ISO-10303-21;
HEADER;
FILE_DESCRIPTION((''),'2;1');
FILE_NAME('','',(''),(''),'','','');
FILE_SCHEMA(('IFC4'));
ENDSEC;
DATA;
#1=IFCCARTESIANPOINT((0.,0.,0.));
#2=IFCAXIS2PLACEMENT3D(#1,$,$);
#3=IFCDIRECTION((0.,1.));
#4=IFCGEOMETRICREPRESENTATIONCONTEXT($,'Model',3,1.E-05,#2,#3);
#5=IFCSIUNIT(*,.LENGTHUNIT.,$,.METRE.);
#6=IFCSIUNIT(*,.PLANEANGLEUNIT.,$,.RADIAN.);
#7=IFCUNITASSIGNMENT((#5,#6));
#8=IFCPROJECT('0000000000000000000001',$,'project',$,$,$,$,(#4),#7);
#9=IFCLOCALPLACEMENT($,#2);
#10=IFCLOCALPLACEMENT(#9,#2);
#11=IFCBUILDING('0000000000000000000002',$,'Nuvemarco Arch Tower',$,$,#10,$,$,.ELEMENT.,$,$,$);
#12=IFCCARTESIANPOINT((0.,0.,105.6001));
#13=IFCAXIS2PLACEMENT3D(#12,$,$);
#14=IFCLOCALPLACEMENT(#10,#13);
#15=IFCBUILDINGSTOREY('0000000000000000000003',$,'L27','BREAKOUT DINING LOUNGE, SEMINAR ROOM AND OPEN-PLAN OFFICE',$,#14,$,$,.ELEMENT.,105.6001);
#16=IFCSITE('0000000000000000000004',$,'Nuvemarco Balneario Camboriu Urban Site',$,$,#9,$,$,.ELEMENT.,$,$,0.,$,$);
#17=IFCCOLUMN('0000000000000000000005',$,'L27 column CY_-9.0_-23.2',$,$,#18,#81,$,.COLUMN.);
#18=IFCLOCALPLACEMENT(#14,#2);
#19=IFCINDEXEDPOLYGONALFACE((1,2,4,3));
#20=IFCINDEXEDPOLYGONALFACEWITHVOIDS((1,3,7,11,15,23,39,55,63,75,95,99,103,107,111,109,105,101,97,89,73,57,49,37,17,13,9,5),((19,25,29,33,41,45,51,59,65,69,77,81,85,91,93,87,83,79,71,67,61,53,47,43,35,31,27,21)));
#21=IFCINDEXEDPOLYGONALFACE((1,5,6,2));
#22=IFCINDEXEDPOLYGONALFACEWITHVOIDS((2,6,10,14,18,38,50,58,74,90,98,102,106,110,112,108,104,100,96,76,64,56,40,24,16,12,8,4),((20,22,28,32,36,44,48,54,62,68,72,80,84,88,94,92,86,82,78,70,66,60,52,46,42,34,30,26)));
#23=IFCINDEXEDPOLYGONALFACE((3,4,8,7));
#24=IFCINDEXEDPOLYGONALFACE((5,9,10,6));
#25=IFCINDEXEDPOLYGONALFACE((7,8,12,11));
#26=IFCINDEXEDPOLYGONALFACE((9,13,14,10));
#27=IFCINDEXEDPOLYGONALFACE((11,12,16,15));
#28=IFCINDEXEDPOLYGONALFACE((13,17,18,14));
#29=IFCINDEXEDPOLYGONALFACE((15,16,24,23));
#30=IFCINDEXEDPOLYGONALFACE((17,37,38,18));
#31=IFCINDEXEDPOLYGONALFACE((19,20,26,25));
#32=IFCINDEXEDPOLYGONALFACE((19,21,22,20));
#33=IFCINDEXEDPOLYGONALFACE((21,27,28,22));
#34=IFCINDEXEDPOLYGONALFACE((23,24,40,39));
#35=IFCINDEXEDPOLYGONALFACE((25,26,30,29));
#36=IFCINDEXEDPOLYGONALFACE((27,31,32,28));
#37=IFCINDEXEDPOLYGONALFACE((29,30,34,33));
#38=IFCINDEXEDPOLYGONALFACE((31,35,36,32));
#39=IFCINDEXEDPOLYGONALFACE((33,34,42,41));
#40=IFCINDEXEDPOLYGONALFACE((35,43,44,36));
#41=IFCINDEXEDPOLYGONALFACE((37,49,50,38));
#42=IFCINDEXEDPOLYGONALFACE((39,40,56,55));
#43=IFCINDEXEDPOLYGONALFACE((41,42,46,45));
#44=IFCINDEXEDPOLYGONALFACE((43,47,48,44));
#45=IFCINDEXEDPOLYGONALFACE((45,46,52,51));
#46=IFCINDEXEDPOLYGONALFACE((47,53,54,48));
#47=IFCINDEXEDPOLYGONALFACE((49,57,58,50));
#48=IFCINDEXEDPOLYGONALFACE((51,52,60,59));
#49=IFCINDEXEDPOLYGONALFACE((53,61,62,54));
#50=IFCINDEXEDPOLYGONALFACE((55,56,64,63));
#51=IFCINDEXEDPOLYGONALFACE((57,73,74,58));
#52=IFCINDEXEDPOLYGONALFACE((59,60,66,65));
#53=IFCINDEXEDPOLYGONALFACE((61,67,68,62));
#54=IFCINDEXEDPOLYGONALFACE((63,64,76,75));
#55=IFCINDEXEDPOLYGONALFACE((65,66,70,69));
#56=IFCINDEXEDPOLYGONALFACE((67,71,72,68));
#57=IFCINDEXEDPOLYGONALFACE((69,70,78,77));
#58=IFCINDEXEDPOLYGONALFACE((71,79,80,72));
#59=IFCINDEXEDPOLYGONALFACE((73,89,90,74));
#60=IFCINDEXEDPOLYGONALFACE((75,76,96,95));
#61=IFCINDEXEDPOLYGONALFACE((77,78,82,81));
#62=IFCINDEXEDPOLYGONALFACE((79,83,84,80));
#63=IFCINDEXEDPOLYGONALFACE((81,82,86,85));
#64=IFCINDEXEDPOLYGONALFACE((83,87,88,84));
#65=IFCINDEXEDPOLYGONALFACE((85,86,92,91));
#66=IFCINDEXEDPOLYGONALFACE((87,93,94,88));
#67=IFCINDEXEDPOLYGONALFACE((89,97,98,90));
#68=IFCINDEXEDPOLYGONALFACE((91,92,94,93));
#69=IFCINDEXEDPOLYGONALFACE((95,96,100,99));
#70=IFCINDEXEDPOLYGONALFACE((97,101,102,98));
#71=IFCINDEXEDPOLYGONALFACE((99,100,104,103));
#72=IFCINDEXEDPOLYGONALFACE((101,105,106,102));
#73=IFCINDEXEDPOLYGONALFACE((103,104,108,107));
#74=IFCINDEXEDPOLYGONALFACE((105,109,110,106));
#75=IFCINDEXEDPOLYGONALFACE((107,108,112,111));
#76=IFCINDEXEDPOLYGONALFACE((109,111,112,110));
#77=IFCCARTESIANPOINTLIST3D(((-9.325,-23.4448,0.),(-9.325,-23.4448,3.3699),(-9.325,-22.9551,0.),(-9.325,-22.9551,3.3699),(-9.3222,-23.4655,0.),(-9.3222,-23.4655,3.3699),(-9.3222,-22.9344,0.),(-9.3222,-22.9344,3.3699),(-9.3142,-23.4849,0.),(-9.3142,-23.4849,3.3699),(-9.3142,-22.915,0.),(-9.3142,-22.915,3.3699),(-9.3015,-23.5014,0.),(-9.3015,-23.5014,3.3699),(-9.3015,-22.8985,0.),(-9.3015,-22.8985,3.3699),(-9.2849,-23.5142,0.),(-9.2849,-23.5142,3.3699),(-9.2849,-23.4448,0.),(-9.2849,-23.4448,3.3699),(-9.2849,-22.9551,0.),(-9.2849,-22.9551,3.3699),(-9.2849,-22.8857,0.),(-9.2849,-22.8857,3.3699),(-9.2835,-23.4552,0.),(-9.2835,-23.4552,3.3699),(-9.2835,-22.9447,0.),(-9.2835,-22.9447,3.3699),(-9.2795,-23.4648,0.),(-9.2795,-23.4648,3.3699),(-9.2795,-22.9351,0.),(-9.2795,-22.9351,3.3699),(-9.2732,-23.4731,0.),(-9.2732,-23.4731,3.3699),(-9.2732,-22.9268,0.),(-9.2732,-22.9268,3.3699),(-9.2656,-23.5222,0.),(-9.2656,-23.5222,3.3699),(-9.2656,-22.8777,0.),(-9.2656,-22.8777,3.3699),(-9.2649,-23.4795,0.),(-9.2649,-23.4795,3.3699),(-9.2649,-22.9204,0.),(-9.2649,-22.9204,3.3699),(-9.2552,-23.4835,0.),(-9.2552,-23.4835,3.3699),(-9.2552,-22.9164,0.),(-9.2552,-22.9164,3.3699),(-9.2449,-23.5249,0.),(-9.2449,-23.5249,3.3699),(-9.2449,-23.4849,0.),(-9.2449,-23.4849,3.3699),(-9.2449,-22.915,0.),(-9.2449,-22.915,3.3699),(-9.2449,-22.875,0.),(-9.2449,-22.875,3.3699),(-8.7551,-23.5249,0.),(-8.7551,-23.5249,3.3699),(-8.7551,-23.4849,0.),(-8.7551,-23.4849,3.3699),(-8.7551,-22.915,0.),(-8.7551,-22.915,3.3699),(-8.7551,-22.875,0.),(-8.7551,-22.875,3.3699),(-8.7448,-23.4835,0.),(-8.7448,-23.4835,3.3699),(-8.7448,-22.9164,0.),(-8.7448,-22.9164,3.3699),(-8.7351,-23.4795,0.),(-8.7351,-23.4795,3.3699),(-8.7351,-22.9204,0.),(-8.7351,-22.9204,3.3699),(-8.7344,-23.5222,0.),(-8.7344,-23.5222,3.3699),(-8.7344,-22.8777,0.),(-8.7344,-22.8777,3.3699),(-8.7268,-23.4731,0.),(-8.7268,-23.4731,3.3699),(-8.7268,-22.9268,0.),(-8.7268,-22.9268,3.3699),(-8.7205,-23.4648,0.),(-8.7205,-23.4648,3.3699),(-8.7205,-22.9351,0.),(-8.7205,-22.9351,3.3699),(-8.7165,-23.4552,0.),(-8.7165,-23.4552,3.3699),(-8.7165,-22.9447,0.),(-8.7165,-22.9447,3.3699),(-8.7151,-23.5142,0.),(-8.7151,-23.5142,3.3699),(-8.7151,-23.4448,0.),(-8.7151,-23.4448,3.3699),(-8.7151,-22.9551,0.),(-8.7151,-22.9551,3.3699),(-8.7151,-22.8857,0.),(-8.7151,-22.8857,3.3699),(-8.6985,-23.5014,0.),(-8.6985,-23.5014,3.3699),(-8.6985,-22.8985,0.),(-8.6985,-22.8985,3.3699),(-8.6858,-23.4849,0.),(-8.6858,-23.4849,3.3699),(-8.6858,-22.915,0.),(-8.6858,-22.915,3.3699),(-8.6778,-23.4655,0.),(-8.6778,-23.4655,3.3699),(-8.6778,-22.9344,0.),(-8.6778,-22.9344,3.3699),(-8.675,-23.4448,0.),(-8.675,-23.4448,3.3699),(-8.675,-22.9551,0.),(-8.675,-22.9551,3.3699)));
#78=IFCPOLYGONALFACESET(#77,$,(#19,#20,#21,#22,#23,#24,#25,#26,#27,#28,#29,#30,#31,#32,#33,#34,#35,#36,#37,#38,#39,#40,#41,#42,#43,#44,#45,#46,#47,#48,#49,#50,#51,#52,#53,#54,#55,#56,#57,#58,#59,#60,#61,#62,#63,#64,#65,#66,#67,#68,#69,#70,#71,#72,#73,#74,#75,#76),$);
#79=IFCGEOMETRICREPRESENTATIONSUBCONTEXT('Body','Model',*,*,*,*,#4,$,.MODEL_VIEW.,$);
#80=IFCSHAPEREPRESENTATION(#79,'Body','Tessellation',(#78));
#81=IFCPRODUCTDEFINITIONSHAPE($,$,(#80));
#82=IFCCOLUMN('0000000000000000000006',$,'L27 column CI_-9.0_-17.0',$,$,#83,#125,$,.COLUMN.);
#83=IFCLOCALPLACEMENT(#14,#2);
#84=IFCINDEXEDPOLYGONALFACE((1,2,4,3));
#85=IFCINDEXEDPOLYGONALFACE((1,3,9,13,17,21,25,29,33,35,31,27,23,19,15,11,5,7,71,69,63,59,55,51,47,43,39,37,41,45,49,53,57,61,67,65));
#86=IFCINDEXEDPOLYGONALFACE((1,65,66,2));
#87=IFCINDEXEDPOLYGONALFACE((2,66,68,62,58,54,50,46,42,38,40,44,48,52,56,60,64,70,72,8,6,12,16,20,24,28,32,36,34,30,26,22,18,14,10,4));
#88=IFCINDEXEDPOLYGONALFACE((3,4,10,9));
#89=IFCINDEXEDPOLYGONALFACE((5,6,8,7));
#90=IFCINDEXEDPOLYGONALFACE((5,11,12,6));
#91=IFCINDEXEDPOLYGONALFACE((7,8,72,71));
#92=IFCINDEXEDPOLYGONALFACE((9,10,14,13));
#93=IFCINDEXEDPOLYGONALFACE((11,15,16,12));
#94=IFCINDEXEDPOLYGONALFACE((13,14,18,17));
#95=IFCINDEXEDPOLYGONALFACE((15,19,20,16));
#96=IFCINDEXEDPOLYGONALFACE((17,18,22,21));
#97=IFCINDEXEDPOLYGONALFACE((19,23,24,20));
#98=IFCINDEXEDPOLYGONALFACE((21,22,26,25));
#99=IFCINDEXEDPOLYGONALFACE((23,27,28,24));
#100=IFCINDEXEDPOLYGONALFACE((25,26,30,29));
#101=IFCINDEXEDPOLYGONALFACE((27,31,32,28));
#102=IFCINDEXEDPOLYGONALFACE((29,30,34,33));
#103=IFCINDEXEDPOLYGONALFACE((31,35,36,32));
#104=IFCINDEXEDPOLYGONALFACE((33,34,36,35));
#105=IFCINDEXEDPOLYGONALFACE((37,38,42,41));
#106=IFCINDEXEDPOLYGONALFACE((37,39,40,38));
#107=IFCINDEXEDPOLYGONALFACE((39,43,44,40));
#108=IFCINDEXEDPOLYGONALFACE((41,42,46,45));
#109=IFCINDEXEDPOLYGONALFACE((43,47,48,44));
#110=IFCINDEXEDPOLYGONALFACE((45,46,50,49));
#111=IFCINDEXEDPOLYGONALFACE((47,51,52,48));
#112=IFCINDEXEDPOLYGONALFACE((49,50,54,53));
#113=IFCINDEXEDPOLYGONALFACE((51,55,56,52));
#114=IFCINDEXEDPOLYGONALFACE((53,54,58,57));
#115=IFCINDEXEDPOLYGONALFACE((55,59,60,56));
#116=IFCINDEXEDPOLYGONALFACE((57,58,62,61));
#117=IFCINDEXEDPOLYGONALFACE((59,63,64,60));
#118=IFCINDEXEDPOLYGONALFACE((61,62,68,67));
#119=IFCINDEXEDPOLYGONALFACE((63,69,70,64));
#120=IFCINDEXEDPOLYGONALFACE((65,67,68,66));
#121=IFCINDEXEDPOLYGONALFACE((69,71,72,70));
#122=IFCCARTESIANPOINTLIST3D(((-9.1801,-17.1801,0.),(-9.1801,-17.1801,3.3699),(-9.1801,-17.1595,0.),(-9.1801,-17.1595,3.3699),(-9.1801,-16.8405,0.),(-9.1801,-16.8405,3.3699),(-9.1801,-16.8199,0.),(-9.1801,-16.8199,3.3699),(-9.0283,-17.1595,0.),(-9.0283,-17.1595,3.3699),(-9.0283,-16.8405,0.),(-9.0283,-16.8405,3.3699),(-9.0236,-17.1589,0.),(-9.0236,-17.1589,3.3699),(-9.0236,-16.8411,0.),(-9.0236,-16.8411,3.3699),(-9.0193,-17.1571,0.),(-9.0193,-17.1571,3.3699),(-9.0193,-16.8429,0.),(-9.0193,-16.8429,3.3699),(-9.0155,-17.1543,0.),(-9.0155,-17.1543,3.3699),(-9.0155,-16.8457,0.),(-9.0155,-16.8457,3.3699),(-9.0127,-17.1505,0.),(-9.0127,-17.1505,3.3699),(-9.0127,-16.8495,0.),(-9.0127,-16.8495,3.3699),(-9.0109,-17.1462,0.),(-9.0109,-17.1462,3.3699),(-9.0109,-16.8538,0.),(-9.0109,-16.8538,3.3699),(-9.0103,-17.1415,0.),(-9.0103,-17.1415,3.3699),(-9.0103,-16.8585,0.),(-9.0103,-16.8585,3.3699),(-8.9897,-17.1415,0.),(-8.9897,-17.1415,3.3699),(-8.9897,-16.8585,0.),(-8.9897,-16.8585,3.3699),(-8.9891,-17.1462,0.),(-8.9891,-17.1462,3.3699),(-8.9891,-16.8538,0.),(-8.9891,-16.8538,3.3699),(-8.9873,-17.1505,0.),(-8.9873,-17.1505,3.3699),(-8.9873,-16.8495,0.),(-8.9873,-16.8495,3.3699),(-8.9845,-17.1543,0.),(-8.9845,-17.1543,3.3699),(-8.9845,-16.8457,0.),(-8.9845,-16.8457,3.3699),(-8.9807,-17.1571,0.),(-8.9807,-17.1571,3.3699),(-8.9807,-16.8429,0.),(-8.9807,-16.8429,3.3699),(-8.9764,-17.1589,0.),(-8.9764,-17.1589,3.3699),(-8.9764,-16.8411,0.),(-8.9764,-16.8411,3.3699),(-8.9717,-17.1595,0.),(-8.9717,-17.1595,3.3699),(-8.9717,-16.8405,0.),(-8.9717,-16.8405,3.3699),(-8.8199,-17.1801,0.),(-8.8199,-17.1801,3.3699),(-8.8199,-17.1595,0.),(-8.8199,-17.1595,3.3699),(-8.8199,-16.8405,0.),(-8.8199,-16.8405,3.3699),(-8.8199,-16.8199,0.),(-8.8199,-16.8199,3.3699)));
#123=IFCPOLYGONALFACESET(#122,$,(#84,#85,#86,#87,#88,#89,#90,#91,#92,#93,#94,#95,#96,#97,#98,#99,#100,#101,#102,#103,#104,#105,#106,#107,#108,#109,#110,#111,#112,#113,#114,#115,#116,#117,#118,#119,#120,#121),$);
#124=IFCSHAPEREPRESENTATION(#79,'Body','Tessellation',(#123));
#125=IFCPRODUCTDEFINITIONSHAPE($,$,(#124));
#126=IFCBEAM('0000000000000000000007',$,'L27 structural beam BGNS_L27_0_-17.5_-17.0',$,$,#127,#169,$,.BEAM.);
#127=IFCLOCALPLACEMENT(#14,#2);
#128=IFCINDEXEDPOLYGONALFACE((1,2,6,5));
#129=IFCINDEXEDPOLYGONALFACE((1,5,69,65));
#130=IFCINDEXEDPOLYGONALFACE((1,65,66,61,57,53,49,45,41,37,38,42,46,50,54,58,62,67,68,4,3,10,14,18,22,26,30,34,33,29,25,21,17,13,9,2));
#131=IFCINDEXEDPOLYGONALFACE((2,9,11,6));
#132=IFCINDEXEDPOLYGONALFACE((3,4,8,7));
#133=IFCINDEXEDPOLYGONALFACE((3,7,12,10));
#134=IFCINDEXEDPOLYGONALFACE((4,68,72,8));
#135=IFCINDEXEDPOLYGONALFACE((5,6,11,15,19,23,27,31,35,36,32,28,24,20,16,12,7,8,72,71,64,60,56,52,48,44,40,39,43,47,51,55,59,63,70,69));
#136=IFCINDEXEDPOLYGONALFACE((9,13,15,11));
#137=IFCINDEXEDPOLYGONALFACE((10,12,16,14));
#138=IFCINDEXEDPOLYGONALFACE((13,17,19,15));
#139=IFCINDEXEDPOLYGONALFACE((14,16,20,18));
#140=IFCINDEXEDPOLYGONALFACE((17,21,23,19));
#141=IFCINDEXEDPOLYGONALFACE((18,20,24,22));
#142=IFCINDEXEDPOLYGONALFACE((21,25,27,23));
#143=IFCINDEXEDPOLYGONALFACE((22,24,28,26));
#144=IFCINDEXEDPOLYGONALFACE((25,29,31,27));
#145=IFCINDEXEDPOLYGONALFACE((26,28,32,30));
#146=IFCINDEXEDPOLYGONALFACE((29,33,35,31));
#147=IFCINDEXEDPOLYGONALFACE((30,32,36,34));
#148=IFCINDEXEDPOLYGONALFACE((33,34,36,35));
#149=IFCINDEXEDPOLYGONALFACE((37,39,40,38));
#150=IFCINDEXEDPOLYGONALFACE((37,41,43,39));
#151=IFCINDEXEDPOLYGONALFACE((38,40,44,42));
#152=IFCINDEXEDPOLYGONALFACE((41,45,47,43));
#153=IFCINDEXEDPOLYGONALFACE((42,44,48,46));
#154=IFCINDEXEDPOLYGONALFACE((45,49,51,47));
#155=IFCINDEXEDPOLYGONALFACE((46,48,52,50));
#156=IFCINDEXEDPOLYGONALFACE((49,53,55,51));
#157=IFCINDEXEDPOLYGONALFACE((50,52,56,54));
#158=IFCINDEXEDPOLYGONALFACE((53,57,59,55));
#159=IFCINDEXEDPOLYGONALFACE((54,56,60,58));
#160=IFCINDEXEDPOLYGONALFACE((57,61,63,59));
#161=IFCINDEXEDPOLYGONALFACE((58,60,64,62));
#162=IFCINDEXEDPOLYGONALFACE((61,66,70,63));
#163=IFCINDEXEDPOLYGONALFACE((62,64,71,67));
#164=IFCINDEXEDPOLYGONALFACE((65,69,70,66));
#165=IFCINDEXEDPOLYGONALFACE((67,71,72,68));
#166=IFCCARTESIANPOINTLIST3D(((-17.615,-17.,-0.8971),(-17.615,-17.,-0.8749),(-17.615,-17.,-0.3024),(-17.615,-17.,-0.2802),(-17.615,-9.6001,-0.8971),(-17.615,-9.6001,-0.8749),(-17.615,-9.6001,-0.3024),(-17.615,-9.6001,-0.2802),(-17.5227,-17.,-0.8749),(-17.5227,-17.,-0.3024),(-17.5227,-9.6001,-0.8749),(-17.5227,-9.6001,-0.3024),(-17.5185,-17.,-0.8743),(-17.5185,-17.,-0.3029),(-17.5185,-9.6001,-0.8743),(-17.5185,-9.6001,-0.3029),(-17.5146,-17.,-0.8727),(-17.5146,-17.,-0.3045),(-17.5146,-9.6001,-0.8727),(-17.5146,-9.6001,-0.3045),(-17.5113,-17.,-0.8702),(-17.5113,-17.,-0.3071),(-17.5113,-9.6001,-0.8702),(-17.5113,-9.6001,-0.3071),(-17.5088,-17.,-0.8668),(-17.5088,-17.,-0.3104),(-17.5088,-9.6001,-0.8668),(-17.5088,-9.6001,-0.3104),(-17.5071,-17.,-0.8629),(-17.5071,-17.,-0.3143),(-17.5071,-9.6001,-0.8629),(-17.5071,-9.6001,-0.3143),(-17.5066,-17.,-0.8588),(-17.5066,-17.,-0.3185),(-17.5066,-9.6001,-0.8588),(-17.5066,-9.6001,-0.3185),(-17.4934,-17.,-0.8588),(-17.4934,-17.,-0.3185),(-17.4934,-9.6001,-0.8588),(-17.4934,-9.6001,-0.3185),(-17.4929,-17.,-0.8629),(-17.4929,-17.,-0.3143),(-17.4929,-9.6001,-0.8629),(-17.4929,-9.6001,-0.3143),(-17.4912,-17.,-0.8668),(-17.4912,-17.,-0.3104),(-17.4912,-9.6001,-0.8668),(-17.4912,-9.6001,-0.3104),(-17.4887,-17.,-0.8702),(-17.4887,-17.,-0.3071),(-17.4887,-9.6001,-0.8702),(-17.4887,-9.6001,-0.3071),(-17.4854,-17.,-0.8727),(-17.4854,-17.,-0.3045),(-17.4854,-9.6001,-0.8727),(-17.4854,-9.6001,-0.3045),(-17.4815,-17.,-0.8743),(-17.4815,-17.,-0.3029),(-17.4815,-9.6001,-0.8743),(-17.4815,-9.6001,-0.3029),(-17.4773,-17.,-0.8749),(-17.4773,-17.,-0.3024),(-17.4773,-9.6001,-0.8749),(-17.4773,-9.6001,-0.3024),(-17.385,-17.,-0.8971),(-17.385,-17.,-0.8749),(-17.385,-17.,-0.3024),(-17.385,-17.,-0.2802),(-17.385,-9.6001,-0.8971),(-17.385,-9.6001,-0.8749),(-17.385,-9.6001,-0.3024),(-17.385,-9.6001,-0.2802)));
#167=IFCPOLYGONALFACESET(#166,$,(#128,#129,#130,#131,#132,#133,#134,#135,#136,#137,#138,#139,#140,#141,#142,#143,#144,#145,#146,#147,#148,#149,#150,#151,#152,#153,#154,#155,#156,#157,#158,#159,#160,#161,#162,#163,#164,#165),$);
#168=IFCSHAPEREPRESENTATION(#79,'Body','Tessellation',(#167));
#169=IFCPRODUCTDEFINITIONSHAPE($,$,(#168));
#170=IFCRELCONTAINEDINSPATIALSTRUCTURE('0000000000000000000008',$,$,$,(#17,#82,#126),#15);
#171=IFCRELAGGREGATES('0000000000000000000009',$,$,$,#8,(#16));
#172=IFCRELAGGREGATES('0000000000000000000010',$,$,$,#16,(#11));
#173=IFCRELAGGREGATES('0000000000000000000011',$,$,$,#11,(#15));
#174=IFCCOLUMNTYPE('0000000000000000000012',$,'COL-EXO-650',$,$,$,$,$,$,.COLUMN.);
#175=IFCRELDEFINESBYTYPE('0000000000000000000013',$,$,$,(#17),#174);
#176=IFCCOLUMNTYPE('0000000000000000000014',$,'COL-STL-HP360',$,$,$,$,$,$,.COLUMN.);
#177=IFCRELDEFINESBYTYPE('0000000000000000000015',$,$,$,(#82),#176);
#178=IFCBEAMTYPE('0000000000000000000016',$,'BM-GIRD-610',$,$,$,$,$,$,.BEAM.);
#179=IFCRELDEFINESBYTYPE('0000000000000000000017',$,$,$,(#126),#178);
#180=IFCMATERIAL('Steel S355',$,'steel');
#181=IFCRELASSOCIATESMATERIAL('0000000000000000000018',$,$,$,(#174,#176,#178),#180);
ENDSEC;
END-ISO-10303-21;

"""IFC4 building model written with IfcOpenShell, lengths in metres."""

from ifc_helpers import new_model, si_unit, direction, frame, origin, origin_2d, place, context, subcontext, project, spatial, hollow_rectangle, i_section, extrude, material, material_profile, profile_set, type_object, element, save


model = new_model("IFC4")

# Units and contexts
model_context = context("Model", 3, precision=1e-05, world=origin(), true_north=direction((0.0, 1.0)))
body_context = subcontext(model_context, "Body", "Model", "MODEL_VIEW")
ifc_project = project(units=[si_unit("LENGTHUNIT", "METRE"), si_unit("PLANEANGLEUNIT", "RADIAN")], contexts=[model_context])

# Site, building, storey
site_placement = place(None, origin())
site = spatial("IfcSite", under=ifc_project, at=site_placement, Name="Nuvemarco Balneario Camboriu Urban Site", CompositionType="ELEMENT", RefElevation=0.0)
building_placement = place(site_placement, origin())
building = spatial("IfcBuilding", under=site, at=building_placement, Name="Nuvemarco Arch Tower", CompositionType="ELEMENT")
storey_placement = place(building_placement, frame((0.0, 0.0, 105.6001)))
storey = spatial("IfcBuildingStorey", under=building, at=storey_placement, Name="L27", Description="BREAKOUT DINING LOUNGE, SEMINAR ROOM AND OPEN-PLAN OFFICE", CompositionType="ELEMENT", Elevation=105.6001)

# Columns
ifc_material_1 = material(Name="Steel S355", Category="steel")
ifc_material_profile_1 = material_profile(ifc_material_1, hollow_rectangle(XDim=0.6499, YDim=0.6499, WallThickness=0.04, InnerFilletRadius=0.04, OuterFilletRadius=0.0801, at=origin_2d()), Name="SHS650x650x40")
ifc_profile_set_1 = profile_set([ifc_material_profile_1], Name="Steel S355")
column_type_1 = type_object("IfcColumnType", Name="COL-EXO-650", PredefinedType="COLUMN", material=ifc_profile_set_1)
column_1_placement = place(storey_placement, frame((-9.0, -23.2, 0.0), z_axis=(0.0, 0.0, 1.0), x_axis=(1.0, 0.0, 0.0)))
element("IfcColumn", 1, at=column_1_placement, inside=storey, type_object=column_type_1, Name="L27 column CY_-9.0_-23.2", PredefinedType="COLUMN", context=body_context, shape_type="SweptSolid", body=[
    extrude(hollow_rectangle(XDim=0.6499, YDim=0.6499, WallThickness=0.04, InnerFilletRadius=0.04, OuterFilletRadius=0.0801, at=origin_2d()), origin(), (0.0, 0.0, 1.0), 3.3699),
])
ifc_material_profile_2 = material_profile(ifc_material_1, i_section(OverallWidth=0.3601, OverallDepth=0.3601, WebThickness=0.0205, FlangeThickness=0.0205, FilletRadius=0.0181, at=origin_2d()), Name="HP360x174")
ifc_profile_set_2 = profile_set([ifc_material_profile_2], Name="Steel S355")
column_type_2 = type_object("IfcColumnType", Name="COL-STL-HP360", PredefinedType="COLUMN", material=ifc_profile_set_2)
column_2_placement = place(storey_placement, frame((-9.0, -17.0, 0.0), z_axis=(0.0, 0.0, 1.0), x_axis=(1.0, 0.0, 0.0)))
element("IfcColumn", 2, at=column_2_placement, inside=storey, type_object=column_type_2, Name="L27 column CI_-9.0_-17.0", PredefinedType="COLUMN", context=body_context, shape_type="SweptSolid", body=[
    extrude(i_section(OverallWidth=0.3601, OverallDepth=0.3601, WebThickness=0.0205, FlangeThickness=0.0205, FilletRadius=0.0181, at=origin_2d()), origin(), (0.0, 0.0, 1.0), 3.3699),
])

# Beam
ifc_material_profile_3 = material_profile(ifc_material_1, i_section(OverallWidth=0.23, OverallDepth=0.6169, WebThickness=0.0132, FlangeThickness=0.0222, FilletRadius=0.0161, at=origin_2d()), Name="W610x140")
ifc_profile_set_3 = profile_set([ifc_material_profile_3], Name="Steel S355")
beam_type_1 = type_object("IfcBeamType", Name="BM-GIRD-610", PredefinedType="BEAM", material=ifc_profile_set_3)
beam_1_placement = place(storey_placement, frame((-17.5, -17.0, -0.5886), z_axis=(0.0, 1.0, 0.0), x_axis=(-1.0, 0.0, 0.0)))
element("IfcBeam", 3, at=beam_1_placement, inside=storey, type_object=beam_type_1, Name="L27 structural beam BGNS_L27_0_-17.5_-17.0", PredefinedType="BEAM", context=body_context, shape_type="SweptSolid", body=[
    extrude(i_section(OverallWidth=0.23, OverallDepth=0.6169, WebThickness=0.0132, FlangeThickness=0.0222, FilletRadius=0.0161, at=origin_2d()), origin(), (0.0, 0.0, 1.0), 7.3999),
])

save(model, "model.ifc")
